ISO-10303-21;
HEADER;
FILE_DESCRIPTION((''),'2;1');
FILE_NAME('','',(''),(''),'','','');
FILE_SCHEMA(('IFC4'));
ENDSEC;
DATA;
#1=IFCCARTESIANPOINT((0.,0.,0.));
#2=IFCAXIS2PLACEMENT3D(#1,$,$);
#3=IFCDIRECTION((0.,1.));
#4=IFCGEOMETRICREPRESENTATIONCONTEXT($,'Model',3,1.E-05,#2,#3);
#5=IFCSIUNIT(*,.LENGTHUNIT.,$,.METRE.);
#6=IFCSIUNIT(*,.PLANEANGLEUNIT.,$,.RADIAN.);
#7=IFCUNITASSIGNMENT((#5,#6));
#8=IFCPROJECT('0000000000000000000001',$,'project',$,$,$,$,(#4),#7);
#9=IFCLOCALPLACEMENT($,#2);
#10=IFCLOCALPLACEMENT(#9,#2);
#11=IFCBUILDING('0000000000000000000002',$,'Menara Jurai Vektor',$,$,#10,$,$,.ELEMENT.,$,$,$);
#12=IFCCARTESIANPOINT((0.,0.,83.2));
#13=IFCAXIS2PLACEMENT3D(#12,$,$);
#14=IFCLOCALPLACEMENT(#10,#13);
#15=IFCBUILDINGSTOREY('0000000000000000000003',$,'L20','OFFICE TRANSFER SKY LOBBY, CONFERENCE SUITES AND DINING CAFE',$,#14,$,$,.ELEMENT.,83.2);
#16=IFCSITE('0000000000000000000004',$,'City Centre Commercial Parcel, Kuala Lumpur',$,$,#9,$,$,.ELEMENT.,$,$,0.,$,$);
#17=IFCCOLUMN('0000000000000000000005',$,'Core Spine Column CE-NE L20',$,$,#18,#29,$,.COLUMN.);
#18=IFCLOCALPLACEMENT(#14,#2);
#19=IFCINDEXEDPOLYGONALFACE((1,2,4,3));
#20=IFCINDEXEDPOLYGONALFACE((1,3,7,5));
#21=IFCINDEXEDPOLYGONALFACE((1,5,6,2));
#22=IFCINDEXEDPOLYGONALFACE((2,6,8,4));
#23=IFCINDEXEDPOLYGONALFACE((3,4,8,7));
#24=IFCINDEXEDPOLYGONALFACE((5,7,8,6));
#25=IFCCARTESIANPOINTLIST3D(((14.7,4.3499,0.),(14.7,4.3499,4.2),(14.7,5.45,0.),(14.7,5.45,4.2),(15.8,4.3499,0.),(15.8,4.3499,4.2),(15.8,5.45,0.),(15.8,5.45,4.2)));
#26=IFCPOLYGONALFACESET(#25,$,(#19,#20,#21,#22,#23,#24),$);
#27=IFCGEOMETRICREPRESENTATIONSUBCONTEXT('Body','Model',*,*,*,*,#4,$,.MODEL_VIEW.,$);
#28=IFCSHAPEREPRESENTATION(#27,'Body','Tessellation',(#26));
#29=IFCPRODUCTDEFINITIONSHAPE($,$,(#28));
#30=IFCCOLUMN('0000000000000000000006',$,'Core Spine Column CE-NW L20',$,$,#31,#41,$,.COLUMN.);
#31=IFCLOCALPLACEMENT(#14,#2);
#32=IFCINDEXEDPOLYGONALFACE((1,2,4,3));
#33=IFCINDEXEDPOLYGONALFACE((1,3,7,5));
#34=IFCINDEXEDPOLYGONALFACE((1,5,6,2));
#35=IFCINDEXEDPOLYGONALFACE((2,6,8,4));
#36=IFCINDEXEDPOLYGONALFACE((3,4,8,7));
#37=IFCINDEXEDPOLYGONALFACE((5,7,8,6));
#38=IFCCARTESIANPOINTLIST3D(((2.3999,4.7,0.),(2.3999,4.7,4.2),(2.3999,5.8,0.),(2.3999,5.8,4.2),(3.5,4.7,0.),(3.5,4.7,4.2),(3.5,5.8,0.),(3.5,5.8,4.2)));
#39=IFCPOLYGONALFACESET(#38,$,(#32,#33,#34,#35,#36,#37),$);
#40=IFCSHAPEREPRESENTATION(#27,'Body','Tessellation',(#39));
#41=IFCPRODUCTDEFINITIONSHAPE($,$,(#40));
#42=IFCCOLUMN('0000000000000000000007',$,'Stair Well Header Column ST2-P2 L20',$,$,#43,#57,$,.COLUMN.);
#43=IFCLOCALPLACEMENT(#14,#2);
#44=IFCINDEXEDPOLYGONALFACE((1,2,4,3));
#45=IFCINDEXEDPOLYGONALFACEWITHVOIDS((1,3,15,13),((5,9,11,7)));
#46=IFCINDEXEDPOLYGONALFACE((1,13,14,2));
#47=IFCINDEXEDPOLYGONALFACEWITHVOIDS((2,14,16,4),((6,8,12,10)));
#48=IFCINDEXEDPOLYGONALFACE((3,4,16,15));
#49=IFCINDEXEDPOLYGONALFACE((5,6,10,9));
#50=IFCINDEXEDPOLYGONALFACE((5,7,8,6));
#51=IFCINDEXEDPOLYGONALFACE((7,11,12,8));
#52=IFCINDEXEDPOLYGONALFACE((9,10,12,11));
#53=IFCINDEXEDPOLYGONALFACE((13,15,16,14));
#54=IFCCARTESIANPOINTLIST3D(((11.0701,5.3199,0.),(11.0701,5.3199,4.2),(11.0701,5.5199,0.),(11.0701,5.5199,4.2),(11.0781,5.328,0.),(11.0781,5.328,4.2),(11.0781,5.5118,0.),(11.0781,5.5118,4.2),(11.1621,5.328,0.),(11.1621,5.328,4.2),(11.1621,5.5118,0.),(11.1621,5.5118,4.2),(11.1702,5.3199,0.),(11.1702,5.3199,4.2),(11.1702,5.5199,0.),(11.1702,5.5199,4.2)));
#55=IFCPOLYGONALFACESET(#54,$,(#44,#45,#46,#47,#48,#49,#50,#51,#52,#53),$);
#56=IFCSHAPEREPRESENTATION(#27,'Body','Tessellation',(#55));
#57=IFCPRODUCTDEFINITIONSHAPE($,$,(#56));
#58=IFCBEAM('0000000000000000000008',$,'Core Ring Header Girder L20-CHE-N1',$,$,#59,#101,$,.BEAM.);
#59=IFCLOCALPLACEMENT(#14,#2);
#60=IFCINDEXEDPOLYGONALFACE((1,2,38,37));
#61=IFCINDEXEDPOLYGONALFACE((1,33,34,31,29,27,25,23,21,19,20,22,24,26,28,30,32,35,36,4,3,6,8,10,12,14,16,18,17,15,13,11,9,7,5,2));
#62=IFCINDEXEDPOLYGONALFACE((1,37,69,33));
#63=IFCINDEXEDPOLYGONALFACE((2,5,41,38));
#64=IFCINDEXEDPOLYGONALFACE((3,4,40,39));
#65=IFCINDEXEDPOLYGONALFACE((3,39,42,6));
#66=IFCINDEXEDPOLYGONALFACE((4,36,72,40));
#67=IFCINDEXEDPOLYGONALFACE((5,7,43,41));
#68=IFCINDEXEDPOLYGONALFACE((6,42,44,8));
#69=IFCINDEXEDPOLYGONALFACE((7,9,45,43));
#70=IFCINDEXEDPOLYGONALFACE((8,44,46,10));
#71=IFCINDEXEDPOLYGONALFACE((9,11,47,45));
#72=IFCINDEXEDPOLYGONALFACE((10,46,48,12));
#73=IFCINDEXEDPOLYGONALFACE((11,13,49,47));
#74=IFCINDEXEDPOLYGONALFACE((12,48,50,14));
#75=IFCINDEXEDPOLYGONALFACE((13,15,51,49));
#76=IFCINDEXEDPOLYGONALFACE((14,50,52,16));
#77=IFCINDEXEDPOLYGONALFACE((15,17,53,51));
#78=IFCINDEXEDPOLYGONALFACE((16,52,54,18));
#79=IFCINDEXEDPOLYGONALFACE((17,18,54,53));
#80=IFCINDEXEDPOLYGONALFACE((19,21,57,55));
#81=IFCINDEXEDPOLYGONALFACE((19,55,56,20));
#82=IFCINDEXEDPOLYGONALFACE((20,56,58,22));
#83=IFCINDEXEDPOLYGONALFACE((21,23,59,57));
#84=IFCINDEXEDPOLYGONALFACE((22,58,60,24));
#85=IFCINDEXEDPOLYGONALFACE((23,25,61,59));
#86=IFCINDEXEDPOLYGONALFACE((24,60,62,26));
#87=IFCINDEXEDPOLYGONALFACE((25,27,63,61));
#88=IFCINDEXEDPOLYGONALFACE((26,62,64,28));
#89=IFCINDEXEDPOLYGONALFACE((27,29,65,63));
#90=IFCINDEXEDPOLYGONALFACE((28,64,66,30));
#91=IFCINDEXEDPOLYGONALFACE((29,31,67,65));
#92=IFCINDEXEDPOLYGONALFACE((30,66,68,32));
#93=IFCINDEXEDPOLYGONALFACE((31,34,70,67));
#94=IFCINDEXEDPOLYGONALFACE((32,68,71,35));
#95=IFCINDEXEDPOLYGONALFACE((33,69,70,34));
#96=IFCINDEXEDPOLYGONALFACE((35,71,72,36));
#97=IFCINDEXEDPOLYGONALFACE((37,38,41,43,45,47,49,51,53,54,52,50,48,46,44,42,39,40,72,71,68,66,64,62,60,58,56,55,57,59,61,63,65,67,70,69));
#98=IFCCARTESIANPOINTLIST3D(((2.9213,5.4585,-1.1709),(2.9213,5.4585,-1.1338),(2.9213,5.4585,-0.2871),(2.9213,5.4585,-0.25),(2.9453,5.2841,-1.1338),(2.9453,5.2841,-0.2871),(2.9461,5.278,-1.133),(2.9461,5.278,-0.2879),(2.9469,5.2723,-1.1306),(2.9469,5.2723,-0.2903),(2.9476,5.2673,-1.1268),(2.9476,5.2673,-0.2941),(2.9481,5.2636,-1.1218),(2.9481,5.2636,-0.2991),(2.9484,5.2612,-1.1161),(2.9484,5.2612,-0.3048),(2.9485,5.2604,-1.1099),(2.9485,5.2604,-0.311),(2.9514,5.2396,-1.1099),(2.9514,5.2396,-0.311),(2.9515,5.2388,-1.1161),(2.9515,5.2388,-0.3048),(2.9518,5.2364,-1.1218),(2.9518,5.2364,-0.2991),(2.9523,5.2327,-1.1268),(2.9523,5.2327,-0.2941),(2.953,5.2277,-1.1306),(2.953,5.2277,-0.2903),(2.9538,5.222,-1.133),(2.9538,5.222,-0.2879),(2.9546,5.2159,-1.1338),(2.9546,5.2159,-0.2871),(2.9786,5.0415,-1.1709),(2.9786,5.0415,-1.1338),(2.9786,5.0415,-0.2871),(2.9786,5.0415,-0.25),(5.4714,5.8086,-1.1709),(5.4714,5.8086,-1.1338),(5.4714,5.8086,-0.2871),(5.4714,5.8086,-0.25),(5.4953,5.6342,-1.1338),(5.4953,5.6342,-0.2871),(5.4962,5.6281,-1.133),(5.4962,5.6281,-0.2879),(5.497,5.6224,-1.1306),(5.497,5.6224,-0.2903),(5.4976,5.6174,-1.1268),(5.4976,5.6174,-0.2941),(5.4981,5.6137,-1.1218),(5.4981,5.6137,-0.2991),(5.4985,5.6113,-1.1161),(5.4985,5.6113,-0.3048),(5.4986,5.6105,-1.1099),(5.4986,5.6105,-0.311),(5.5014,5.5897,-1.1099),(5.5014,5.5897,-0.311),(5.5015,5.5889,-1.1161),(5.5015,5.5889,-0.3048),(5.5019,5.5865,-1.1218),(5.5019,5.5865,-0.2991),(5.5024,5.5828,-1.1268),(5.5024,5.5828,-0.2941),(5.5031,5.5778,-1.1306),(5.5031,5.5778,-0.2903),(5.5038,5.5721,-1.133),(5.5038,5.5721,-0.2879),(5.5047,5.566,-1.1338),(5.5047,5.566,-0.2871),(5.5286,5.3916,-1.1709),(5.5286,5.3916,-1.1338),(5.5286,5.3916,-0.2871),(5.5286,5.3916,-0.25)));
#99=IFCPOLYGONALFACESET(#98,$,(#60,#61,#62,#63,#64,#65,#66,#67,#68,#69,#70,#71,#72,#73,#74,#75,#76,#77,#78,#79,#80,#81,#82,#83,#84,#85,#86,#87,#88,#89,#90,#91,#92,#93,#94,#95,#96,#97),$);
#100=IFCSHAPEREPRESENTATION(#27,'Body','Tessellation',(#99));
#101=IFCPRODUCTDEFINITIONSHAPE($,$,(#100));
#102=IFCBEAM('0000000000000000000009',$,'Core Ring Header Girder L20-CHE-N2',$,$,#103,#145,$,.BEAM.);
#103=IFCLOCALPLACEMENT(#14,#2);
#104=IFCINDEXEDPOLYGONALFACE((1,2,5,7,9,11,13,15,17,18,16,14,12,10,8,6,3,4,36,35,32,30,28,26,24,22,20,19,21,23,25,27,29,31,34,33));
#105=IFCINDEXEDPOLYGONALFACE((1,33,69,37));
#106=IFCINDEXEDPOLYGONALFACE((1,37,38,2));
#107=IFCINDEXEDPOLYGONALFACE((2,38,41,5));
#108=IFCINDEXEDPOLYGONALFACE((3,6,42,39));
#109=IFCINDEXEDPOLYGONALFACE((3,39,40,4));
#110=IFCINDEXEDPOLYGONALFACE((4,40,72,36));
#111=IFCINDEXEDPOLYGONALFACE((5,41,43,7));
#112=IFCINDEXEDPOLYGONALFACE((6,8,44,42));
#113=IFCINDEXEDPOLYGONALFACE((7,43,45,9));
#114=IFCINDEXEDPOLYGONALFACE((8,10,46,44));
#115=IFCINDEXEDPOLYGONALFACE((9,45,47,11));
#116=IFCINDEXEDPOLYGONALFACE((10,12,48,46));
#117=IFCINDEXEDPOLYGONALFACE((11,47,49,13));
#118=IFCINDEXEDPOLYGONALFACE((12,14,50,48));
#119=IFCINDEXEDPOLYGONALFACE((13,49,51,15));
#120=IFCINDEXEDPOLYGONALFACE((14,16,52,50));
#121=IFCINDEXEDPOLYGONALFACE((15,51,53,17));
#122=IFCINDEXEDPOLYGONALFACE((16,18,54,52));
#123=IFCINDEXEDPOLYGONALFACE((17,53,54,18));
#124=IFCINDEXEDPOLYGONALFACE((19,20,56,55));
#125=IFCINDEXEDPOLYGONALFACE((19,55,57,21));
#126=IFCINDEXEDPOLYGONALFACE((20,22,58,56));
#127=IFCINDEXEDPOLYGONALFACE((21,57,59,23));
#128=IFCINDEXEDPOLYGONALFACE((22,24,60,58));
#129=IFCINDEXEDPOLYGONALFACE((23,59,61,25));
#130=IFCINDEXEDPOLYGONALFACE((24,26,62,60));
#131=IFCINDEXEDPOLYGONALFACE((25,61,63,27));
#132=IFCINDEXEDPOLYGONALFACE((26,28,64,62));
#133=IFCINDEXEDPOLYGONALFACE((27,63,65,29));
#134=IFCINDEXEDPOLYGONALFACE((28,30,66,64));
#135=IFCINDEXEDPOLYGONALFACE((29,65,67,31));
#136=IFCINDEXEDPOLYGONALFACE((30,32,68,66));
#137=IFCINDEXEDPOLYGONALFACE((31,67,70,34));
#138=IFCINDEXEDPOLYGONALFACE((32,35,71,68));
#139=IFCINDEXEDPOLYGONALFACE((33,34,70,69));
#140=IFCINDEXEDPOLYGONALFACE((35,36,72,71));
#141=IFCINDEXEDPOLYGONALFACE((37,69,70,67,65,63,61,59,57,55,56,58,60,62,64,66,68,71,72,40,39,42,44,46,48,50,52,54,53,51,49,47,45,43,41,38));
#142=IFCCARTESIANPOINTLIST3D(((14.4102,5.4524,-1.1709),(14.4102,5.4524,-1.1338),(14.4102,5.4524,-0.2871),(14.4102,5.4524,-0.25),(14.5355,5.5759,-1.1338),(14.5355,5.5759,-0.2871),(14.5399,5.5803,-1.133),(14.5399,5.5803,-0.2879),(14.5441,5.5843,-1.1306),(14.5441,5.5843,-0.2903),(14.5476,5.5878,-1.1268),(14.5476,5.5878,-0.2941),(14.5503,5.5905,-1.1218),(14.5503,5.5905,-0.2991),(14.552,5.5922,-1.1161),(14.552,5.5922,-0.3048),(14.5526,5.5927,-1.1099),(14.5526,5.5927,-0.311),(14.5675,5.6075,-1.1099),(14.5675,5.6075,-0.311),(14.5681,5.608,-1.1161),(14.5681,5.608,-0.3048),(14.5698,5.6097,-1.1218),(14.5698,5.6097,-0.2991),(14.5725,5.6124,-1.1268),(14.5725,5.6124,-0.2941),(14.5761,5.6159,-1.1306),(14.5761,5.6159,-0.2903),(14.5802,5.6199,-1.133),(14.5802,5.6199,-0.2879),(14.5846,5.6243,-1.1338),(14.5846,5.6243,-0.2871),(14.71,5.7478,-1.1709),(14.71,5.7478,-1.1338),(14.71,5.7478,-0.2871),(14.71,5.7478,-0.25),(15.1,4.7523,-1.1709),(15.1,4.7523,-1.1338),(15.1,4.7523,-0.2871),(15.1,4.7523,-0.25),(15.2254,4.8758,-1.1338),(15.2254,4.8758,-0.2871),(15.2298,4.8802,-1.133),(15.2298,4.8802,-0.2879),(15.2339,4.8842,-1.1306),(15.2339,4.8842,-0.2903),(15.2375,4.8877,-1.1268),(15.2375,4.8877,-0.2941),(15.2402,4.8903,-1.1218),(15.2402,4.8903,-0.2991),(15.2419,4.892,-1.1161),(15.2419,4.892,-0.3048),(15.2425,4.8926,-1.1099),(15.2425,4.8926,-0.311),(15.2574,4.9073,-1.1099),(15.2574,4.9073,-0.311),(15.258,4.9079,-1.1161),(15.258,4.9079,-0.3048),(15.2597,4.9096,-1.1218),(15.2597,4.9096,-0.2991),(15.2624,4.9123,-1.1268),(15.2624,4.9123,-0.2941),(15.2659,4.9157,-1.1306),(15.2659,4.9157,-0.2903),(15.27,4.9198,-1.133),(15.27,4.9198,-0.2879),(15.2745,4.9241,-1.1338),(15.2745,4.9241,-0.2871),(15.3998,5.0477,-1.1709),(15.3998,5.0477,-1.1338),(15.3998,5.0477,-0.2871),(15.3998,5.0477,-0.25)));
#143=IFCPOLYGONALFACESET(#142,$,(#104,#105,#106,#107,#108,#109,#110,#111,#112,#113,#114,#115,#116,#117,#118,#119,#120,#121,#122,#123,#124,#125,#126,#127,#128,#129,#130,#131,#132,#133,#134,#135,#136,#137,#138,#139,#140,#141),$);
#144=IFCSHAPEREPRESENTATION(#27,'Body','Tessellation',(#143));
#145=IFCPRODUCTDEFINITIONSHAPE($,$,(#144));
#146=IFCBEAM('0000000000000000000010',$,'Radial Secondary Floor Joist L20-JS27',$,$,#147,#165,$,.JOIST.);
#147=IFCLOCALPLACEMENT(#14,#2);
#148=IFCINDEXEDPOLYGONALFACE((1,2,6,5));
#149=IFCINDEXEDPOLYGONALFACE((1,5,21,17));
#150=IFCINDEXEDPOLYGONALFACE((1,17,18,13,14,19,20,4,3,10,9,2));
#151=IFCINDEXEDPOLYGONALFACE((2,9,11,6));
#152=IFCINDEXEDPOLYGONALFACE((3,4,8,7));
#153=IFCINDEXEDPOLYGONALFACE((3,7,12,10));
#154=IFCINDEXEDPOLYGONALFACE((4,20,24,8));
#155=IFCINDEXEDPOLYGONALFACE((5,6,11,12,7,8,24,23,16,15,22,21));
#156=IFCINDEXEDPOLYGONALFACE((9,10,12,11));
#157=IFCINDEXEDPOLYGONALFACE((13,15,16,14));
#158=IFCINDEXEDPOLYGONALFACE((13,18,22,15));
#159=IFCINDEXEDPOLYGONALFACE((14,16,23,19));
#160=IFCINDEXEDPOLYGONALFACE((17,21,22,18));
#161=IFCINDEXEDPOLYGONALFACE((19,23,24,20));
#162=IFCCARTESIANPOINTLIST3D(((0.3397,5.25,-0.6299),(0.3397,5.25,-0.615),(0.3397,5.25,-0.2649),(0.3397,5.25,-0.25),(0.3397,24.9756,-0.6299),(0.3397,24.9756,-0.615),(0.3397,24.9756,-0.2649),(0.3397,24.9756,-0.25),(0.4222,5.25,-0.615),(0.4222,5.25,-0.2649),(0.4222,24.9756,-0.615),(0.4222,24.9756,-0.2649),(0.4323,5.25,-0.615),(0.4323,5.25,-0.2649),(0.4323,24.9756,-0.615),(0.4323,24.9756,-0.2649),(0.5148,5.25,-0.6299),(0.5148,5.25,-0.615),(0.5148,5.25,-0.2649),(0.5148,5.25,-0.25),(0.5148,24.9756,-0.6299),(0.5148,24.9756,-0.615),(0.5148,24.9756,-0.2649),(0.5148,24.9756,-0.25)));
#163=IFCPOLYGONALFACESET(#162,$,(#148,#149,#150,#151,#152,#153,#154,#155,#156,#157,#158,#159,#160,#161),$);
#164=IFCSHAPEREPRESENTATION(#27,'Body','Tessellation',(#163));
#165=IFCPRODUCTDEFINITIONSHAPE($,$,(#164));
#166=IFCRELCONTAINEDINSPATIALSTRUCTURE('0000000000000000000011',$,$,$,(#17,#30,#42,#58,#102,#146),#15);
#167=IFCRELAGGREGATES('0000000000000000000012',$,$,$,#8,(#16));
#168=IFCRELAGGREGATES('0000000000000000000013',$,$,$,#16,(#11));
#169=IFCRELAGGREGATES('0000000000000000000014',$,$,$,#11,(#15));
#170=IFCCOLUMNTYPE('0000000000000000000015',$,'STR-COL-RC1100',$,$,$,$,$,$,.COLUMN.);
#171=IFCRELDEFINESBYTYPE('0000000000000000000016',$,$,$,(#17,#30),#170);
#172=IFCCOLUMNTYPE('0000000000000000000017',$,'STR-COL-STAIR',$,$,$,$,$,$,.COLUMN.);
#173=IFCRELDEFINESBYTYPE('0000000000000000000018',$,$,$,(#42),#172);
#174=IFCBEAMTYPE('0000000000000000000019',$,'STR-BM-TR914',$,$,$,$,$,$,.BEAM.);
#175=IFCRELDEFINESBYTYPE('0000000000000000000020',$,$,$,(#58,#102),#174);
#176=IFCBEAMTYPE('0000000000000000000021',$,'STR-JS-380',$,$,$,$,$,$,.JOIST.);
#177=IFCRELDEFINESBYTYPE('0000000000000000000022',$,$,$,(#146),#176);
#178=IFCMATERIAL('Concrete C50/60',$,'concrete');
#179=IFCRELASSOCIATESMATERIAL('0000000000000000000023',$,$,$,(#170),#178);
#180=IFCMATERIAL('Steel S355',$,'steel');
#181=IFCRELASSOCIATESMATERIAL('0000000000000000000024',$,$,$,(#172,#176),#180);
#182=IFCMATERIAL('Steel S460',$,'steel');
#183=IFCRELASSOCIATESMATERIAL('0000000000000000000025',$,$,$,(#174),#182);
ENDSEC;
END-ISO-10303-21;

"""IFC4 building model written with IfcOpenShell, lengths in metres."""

from ifc_helpers import new_model, si_unit, direction, frame, origin, origin_2d, place, context, subcontext, project, spatial, rectangle, hollow_rectangle, i_section, extrude, material, material_profile, profile_set, type_object, element, save


model = new_model("IFC4")

# Units and contexts
model_context = context("Model", 3, precision=1e-05, world=origin(), true_north=direction((0.0, 1.0)))
body_context = subcontext(model_context, "Body", "Model", "MODEL_VIEW")
ifc_project = project(units=[si_unit("LENGTHUNIT", "METRE"), si_unit("PLANEANGLEUNIT", "RADIAN")], contexts=[model_context])

# Site, building, storey
site_placement = place(None, origin())
site = spatial("IfcSite", under=ifc_project, at=site_placement, Name="City Centre Commercial Parcel, Kuala Lumpur", CompositionType="ELEMENT", RefElevation=0.0)
building_placement = place(site_placement, origin())
building = spatial("IfcBuilding", under=site, at=building_placement, Name="Menara Jurai Vektor", CompositionType="ELEMENT")
storey_placement = place(building_placement, frame((0.0, 0.0, 83.2)))
storey = spatial("IfcBuildingStorey", under=building, at=storey_placement, Name="L20", Description="OFFICE TRANSFER SKY LOBBY, CONFERENCE SUITES AND DINING CAFE", CompositionType="ELEMENT", Elevation=83.2)

# Columns
ifc_material_1 = material(Name="Concrete C50/60", Category="concrete")
ifc_material_profile_1 = material_profile(ifc_material_1, rectangle(XDim=1.1001, YDim=1.1001, at=origin_2d()), Name="RC 1100x1100")
ifc_profile_set_1 = profile_set([ifc_material_profile_1], Name="Concrete C50/60")
column_type_1 = type_object("IfcColumnType", Name="STR-COL-RC1100", PredefinedType="COLUMN", material=ifc_profile_set_1)
for number, where, z_axis, x_axis, name in (
    (1, (15.25, 4.8999, 0.0), (0.0, 0.0, 1.0), (1.0, 0.0, 0.0), "Core Spine Column CE-NE L20"),
    (2, (2.95, 5.25, 0.0), (0.0, 0.0, 1.0), (1.0, 0.0, 0.0), "Core Spine Column CE-NW L20"),
):
    element("IfcColumn", number, at=place(storey_placement, frame(where, z_axis=z_axis, x_axis=x_axis)), inside=storey, type_object=column_type_1, Name=name, PredefinedType="COLUMN", context=body_context, shape_type="SweptSolid", body=[
        extrude(rectangle(XDim=1.1001, YDim=1.1001, at=origin_2d()), origin(), (0.0, 0.0, 1.0), 4.2),
    ])
ifc_material_2 = material(Name="Steel S355", Category="steel")
ifc_material_profile_2 = material_profile(ifc_material_2, hollow_rectangle(XDim=0.1001, YDim=0.2, WallThickness=0.0081, at=origin_2d()), Name="RHS 200x100x8")
ifc_profile_set_2 = profile_set([ifc_material_profile_2], Name="Steel S355")
column_type_2 = type_object("IfcColumnType", Name="STR-COL-STAIR", PredefinedType="COLUMN", material=ifc_profile_set_2)
column_placement = place(storey_placement, frame((11.1201, 5.4199, 0.0), z_axis=(0.0, 0.0, 1.0), x_axis=(1.0, 0.0, 0.0)))
element("IfcColumn", 3, at=column_placement, inside=storey, type_object=column_type_2, Name="Stair Well Header Column ST2-P2 L20", PredefinedType="COLUMN", context=body_context, shape_type="SweptSolid", body=[
    extrude(hollow_rectangle(XDim=0.1001, YDim=0.2, WallThickness=0.0081, at=origin_2d()), origin(), (0.0, 0.0, 1.0), 4.2),
])

# Beams
ifc_material_3 = material(Name="Steel S460", Category="steel")
ifc_material_profile_3 = material_profile(ifc_material_3, i_section(OverallWidth=0.4209, OverallDepth=0.9209, WebThickness=0.021, FlangeThickness=0.0371, FilletRadius=0.0239, at=origin_2d()), Name="UKB 914x419x388")
ifc_profile_set_3 = profile_set([ifc_material_profile_3], Name="Steel S460")
beam_type_1 = type_object("IfcBeamType", Name="STR-BM-TR914", PredefinedType="BEAM", material=ifc_profile_set_3)
beam_1_placement = place(storey_placement, frame((2.95, 5.25, -0.7104), z_axis=(0.990707, 0.136015, 0.0), x_axis=(-0.136015, 0.990707, 0.0)))
element("IfcBeam", 4, at=beam_1_placement, inside=storey, type_object=beam_type_1, Name="Core Ring Header Girder L20-CHE-N1", PredefinedType="BEAM", context=body_context, shape_type="SweptSolid", body=[
    extrude(i_section(OverallWidth=0.4209, OverallDepth=0.9209, WebThickness=0.021, FlangeThickness=0.0371, FilletRadius=0.0239, at=origin_2d()), origin(), (0.0, 0.0, 1.0), 2.574),
])
beam_2_placement = place(storey_placement, frame((14.5601, 5.6001, -0.7104), z_axis=(0.701872, -0.712303, 0.0), x_axis=(0.712303, 0.701872, 0.0)))
element("IfcBeam", 5, at=beam_2_placement, inside=storey, type_object=beam_type_1, Name="Core Ring Header Girder L20-CHE-N2", PredefinedType="BEAM", context=body_context, shape_type="SweptSolid", body=[
    extrude(i_section(OverallWidth=0.4209, OverallDepth=0.9209, WebThickness=0.021, FlangeThickness=0.0371, FilletRadius=0.0239, at=origin_2d()), origin(), (0.0, 0.0, 1.0), 0.9829),
])
ifc_material_profile_4 = material_profile(ifc_material_2, i_section(OverallWidth=0.175, OverallDepth=0.3799, WebThickness=0.01, FlangeThickness=0.0149, at=origin_2d()), Name="PG 380x175x58")
ifc_profile_set_4 = profile_set([ifc_material_profile_4], Name="Steel S355")
beam_type_2 = type_object("IfcBeamType", Name="STR-JS-380", PredefinedType="JOIST", material=ifc_profile_set_4)
beam_3_placement = place(storey_placement, frame((0.4272, 24.9756, -0.4399), z_axis=(0.0, -1.0, 0.0), x_axis=(1.0, 0.0, 0.0)))
element("IfcBeam", 6, at=beam_3_placement, inside=storey, type_object=beam_type_2, Name="Radial Secondary Floor Joist L20-JS27", PredefinedType="JOIST", context=body_context, shape_type="SweptSolid", body=[
    extrude(i_section(OverallWidth=0.175, OverallDepth=0.3799, WebThickness=0.01, FlangeThickness=0.0149, at=origin_2d()), origin(), (0.0, 0.0, 1.0), 19.7256),
])

save(model, "model.ifc")
